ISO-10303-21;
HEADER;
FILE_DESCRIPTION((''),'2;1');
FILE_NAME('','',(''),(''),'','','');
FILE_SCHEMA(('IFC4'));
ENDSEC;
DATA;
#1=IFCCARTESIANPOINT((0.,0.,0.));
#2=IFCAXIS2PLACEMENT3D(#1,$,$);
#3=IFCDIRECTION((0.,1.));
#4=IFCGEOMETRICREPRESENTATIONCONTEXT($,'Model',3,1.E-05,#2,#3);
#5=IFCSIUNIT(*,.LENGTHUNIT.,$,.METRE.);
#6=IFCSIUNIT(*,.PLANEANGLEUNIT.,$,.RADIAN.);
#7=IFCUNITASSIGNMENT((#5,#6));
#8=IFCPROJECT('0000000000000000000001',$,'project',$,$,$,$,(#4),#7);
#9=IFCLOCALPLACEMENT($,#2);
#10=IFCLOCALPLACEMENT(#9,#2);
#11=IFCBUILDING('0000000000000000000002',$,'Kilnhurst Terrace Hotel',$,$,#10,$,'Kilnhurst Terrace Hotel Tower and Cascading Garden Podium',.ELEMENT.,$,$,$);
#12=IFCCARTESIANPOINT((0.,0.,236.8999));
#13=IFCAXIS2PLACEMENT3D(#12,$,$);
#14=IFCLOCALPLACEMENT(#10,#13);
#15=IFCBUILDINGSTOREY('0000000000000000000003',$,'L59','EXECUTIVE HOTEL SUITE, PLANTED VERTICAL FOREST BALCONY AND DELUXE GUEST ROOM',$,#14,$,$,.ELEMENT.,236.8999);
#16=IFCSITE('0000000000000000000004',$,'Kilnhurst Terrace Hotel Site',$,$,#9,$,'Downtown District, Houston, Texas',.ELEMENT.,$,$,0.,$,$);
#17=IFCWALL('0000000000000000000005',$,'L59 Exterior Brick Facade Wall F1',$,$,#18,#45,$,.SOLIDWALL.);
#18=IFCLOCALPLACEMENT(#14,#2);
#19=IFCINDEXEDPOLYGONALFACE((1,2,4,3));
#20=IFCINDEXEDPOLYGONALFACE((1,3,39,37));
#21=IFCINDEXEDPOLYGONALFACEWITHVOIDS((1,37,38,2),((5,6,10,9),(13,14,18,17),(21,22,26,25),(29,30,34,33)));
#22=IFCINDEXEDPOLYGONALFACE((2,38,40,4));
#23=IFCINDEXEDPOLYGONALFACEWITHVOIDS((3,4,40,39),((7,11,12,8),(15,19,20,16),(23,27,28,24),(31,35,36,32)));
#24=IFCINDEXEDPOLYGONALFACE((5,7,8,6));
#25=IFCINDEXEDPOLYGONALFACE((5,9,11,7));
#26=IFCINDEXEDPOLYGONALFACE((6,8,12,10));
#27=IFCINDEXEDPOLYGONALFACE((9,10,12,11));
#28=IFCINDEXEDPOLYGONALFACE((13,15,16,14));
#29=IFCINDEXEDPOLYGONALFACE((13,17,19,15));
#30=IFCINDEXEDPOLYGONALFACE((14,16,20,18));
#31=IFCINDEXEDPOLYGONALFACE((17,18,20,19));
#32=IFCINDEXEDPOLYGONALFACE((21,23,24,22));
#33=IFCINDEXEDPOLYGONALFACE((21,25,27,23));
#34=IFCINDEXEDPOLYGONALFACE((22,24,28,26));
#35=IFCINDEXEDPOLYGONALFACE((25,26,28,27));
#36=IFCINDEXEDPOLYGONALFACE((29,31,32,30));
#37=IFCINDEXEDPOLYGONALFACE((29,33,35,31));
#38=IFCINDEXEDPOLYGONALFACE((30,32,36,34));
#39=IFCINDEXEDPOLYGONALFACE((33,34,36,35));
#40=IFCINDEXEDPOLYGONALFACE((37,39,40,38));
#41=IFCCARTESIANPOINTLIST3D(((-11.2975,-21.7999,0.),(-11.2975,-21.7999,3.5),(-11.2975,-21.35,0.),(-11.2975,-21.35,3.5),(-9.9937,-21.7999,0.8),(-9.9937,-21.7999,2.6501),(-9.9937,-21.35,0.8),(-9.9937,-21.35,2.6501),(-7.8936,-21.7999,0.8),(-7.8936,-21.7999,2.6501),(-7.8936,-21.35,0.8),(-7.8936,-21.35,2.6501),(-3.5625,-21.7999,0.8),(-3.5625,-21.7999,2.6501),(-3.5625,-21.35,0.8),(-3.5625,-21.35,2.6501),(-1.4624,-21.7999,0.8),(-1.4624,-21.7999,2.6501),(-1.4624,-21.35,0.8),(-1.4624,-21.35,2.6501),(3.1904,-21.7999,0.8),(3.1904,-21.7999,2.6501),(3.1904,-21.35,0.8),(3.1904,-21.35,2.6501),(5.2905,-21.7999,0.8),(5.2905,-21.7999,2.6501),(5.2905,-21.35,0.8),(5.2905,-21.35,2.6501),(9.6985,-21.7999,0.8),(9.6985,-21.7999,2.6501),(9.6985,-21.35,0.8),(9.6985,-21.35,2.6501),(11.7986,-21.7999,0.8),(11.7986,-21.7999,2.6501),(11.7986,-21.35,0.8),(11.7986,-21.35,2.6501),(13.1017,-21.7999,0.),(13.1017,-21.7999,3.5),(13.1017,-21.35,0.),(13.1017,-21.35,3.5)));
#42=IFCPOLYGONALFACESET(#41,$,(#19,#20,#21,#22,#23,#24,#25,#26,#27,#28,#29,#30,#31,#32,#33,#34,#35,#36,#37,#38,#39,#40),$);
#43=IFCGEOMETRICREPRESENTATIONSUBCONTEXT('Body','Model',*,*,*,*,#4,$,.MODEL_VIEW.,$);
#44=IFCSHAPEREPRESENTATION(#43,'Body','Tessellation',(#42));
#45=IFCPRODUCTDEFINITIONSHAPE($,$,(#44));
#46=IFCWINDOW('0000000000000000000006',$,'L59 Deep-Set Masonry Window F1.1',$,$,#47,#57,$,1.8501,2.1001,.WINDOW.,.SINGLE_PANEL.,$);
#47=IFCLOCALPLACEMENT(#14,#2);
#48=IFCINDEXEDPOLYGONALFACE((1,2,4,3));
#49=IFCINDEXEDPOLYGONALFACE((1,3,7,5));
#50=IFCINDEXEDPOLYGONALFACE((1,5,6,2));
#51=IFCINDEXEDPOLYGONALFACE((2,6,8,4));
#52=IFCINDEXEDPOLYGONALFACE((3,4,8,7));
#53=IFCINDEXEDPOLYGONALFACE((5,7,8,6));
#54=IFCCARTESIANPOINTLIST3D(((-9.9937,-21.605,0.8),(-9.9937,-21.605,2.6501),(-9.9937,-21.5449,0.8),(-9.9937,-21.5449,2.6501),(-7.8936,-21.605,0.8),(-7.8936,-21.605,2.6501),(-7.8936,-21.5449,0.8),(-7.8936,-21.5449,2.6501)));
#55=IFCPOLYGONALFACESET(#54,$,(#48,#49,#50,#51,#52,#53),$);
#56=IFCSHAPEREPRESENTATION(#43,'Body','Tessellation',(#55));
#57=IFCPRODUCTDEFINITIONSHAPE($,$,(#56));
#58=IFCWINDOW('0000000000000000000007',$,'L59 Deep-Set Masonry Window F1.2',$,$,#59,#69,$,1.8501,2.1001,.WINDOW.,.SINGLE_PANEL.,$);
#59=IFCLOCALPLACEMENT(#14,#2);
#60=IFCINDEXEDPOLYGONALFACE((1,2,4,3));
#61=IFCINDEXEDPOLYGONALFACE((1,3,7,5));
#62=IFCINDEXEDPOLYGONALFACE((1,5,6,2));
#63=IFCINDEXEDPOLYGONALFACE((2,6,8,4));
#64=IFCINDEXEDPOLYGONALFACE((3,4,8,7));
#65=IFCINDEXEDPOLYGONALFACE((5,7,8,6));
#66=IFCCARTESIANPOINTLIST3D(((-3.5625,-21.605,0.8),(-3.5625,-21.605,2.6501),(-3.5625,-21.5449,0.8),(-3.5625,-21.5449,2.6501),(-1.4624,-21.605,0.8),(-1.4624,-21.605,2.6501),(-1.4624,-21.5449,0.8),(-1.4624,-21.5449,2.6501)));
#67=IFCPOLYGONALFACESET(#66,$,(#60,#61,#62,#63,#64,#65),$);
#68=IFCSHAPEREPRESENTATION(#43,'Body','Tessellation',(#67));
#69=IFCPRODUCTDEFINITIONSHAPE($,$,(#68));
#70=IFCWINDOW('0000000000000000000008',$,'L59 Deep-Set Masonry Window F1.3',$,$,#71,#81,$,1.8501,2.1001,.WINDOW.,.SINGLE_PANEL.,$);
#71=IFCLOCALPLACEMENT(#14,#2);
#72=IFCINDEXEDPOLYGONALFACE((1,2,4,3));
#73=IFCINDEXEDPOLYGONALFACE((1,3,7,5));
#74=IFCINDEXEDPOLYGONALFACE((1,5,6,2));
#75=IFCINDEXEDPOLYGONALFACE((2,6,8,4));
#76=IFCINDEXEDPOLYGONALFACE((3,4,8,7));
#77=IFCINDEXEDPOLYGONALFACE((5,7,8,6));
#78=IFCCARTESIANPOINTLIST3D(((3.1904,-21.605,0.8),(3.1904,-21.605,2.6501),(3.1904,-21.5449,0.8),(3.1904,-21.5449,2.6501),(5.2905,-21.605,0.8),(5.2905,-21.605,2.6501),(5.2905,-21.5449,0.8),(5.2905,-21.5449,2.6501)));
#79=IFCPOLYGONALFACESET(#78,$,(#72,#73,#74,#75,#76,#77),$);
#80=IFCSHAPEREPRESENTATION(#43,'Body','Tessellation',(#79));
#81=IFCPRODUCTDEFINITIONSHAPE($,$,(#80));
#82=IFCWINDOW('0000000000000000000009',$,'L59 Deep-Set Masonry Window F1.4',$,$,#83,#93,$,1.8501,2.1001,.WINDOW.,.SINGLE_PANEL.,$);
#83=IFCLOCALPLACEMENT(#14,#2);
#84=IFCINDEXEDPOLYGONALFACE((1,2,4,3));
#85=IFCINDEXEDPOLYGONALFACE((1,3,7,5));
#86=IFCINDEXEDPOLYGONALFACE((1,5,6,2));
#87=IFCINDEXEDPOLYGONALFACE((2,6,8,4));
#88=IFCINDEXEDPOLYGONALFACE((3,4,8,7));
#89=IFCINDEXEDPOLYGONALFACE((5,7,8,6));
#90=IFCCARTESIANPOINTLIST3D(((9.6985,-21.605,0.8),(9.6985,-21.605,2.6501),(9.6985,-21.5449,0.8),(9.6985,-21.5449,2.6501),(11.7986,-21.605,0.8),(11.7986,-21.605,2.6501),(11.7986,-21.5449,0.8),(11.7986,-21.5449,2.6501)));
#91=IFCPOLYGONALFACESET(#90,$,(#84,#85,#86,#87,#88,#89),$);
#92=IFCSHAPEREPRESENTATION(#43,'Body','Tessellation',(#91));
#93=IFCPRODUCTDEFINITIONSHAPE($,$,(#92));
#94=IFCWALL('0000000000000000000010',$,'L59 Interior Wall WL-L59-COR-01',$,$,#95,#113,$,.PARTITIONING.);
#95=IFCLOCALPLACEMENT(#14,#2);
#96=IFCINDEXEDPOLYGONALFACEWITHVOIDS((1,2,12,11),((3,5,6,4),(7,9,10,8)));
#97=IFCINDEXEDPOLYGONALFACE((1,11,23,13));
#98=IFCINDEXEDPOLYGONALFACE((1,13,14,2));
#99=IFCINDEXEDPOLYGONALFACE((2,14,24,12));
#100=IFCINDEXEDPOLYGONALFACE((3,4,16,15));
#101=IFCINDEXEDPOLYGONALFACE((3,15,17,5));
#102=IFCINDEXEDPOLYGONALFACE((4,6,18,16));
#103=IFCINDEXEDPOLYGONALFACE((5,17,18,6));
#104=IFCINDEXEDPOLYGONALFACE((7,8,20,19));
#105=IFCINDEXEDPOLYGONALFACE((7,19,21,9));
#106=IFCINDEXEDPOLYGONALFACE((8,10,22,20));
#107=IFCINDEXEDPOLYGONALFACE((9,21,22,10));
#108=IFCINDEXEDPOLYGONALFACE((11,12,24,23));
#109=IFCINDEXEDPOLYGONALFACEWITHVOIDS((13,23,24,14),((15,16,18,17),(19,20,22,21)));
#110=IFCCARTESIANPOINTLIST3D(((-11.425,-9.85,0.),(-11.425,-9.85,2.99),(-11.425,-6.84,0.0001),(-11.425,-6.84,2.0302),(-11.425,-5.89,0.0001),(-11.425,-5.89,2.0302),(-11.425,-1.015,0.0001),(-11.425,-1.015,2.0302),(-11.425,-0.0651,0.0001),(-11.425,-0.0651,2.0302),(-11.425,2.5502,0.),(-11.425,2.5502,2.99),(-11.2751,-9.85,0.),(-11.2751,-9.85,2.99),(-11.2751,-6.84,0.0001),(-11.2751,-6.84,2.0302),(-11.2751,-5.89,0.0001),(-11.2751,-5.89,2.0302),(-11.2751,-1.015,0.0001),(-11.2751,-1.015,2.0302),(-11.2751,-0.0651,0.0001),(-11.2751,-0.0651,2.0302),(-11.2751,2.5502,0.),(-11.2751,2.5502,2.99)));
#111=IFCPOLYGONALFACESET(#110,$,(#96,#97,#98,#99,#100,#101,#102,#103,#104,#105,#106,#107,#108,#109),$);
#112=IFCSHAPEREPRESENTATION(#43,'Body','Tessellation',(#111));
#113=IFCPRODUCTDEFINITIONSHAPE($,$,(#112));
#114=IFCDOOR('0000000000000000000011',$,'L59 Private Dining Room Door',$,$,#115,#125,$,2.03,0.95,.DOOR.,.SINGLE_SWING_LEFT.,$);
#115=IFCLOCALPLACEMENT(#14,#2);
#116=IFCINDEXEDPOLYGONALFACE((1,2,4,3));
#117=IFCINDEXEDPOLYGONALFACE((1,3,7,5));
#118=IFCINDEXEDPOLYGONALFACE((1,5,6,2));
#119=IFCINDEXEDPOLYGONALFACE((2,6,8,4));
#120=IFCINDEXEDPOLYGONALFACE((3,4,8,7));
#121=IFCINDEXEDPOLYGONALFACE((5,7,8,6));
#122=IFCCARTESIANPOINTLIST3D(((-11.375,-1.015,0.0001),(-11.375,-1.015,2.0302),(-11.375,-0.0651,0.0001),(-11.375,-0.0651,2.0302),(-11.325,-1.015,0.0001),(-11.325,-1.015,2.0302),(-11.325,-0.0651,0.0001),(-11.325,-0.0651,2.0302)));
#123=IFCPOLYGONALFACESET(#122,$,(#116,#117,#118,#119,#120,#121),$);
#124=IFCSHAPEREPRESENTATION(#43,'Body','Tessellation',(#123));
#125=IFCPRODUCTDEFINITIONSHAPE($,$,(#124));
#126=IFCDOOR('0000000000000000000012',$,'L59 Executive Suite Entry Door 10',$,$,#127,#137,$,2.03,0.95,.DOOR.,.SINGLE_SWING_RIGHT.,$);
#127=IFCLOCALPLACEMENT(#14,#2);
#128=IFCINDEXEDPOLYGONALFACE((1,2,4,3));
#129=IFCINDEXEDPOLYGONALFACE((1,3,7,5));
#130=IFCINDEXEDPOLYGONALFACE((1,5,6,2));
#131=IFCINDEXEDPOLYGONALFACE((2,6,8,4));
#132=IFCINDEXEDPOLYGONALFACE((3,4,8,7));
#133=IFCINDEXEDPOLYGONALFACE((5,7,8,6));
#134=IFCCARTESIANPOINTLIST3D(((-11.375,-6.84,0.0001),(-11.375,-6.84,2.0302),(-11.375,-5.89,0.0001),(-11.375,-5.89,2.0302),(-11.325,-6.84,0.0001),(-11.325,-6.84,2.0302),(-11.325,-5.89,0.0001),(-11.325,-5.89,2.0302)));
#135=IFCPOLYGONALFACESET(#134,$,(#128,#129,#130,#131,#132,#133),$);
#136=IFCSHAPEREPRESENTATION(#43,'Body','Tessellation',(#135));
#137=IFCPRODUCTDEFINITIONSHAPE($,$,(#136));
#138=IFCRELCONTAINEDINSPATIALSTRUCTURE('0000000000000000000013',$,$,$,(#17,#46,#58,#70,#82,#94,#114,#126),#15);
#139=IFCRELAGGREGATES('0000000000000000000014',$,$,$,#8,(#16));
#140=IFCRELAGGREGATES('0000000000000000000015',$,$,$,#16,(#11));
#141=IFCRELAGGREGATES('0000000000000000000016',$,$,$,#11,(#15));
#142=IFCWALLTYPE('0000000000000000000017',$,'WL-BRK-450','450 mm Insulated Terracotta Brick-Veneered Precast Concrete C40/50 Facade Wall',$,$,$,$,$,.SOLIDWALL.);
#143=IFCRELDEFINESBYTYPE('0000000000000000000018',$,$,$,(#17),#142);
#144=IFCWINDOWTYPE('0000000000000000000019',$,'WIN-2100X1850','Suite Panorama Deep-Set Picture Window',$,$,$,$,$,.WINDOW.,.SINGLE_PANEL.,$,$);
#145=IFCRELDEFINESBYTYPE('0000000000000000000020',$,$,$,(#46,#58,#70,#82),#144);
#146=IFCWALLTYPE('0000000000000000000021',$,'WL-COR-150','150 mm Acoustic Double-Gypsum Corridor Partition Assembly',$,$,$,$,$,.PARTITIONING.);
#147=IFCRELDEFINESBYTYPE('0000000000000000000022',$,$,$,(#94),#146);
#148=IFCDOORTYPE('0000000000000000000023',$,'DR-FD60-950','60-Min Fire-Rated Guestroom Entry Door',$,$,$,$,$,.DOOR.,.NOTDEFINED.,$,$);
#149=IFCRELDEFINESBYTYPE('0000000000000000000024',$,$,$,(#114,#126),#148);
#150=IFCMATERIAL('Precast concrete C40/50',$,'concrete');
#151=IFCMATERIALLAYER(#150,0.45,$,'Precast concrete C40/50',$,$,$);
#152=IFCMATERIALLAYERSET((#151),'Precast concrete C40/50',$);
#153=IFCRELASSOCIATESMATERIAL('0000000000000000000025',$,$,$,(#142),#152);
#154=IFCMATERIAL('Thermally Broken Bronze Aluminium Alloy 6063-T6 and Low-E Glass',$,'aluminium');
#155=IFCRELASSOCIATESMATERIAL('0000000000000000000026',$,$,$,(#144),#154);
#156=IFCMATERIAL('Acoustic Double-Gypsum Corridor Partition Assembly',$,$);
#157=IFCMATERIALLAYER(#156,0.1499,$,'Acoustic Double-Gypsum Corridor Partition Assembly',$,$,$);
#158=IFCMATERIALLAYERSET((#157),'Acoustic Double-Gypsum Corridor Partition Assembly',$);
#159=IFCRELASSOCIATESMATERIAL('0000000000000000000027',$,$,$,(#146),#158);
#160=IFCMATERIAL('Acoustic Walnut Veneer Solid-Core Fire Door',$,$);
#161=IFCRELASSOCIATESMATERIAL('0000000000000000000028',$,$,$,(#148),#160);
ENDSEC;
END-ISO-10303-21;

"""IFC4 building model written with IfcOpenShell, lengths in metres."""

from ifc_helpers import new_model, si_unit, direction, frame, frame_2d, origin, place, context, subcontext, project, spatial, rectangle, extrude, material, layer, layer_set, type_object, element, fill, save


model = new_model("IFC4")

# Units and contexts
model_context = context("Model", 3, precision=1e-05, world=origin(), true_north=direction((0.0, 1.0)))
body_context = subcontext(model_context, "Body", "Model", "MODEL_VIEW")
ifc_project = project(units=[si_unit("LENGTHUNIT", "METRE"), si_unit("PLANEANGLEUNIT", "RADIAN")], contexts=[model_context])

# Site, building, storey
site_placement = place(None, origin())
site = spatial("IfcSite", under=ifc_project, at=site_placement, Name="Kilnhurst Terrace Hotel Site", LongName="Downtown District, Houston, Texas", CompositionType="ELEMENT", RefElevation=0.0)
building_placement = place(site_placement, origin())
building = spatial("IfcBuilding", under=site, at=building_placement, Name="Kilnhurst Terrace Hotel", LongName="Kilnhurst Terrace Hotel Tower and Cascading Garden Podium", CompositionType="ELEMENT")
storey_placement = place(building_placement, frame((0.0, 0.0, 236.8999)))
storey = spatial("IfcBuildingStorey", under=building, at=storey_placement, Name="L59", Description="EXECUTIVE HOTEL SUITE, PLANTED VERTICAL FOREST BALCONY AND DELUXE GUEST ROOM", CompositionType="ELEMENT", Elevation=236.8999)

# Shared definitions
ifc_material_1 = material(Name="Precast concrete C40/50", Category="concrete")
ifc_layer_1 = layer(ifc_material_1, 0.45, Name="Precast concrete C40/50")
ifc_layer_set_1 = layer_set([ifc_layer_1], Name="Precast concrete C40/50")
wall_type_1 = type_object("IfcWallType", Name="WL-BRK-450", Description="450 mm Insulated Terracotta Brick-Veneered Precast Concrete C40/50 Facade Wall", PredefinedType="SOLIDWALL", material=ifc_layer_set_1)

# Wall, openings, windows
wall_1_placement = place(storey_placement, frame((-11.2976, -21.575, 0.0), z_axis=(0.0, 0.0, 1.0), x_axis=(1.0, 0.0, 0.0)))
wall_1 = element("IfcWall", 1, at=wall_1_placement, inside=storey, type_object=wall_type_1, Name="L59 Exterior Brick Facade Wall F1", PredefinedType="SOLIDWALL", context=body_context, shape_type="SweptSolid", body=[
    extrude(rectangle(XDim=24.3992, YDim=0.45, at=frame_2d((12.1997, 0.0))), origin(), (0.0, 0.0, 1.0), 3.5),
])
opening_1_placement = place(wall_1_placement, frame((1.304, 0.0, 0.8)))
opening_1 = element("IfcOpeningElement", 2, at=opening_1_placement, cuts=wall_1, PredefinedType="OPENING", context=body_context, shape_type="SweptSolid", body=[
    extrude(rectangle(XDim=2.1001, YDim=1.8501, at=frame_2d((1.05, 0.925))), frame((0.0, 0.2349, 0.0), z_axis=(0.0, -1.0, 0.0), x_axis=(1.0, 0.0, 0.0)), (0.0, 0.0, 1.0), 0.47),
])
opening_2_placement = place(wall_1_placement, frame((7.7351, 0.0, 0.8)))
opening_2 = element("IfcOpeningElement", 3, at=opening_2_placement, cuts=wall_1, PredefinedType="OPENING", context=body_context, shape_type="SweptSolid", body=[
    extrude(rectangle(XDim=2.1001, YDim=1.8501, at=frame_2d((1.05, 0.925))), frame((0.0, 0.2349, 0.0), z_axis=(0.0, -1.0, 0.0), x_axis=(1.0, 0.0, 0.0)), (0.0, 0.0, 1.0), 0.47),
])
opening_3_placement = place(wall_1_placement, frame((14.488, 0.0, 0.8)))
opening_3 = element("IfcOpeningElement", 4, at=opening_3_placement, cuts=wall_1, PredefinedType="OPENING", context=body_context, shape_type="SweptSolid", body=[
    extrude(rectangle(XDim=2.1001, YDim=1.8501, at=frame_2d((1.05, 0.925))), frame((0.0, 0.2349, 0.0), z_axis=(0.0, -1.0, 0.0), x_axis=(1.0, 0.0, 0.0)), (0.0, 0.0, 1.0), 0.47),
])
opening_4_placement = place(wall_1_placement, frame((20.9961, 0.0, 0.8)))
opening_4 = element("IfcOpeningElement", 5, at=opening_4_placement, cuts=wall_1, PredefinedType="OPENING", context=body_context, shape_type="SweptSolid", body=[
    extrude(rectangle(XDim=2.1001, YDim=1.8501, at=frame_2d((1.05, 0.925))), frame((0.0, 0.2349, 0.0), z_axis=(0.0, -1.0, 0.0), x_axis=(1.0, 0.0, 0.0)), (0.0, 0.0, 1.0), 0.47),
])
ifc_material_2 = material(Name="Thermally Broken Bronze Aluminium Alloy 6063-T6 and Low-E Glass", Category="aluminium")
window_type = type_object("IfcWindowType", Name="WIN-2100X1850", Description="Suite Panorama Deep-Set Picture Window", PartitioningType="SINGLE_PANEL", PredefinedType="WINDOW", material=ifc_material_2)
window_1_placement = place(opening_1_placement, origin())
window_1 = element("IfcWindow", 6, at=window_1_placement, inside=storey, type_object=window_type, Name="L59 Deep-Set Masonry Window F1.1", OverallHeight=1.8501, OverallWidth=2.1001, PartitioningType="SINGLE_PANEL", PredefinedType="WINDOW", context=body_context, shape_type="SweptSolid", body=[
    extrude(rectangle(XDim=2.1001, YDim=1.8501, at=frame_2d((1.05, 0.925))), frame((0.0, 0.03, 0.0), z_axis=(0.0, -1.0, 0.0), x_axis=(1.0, 0.0, 0.0)), (0.0, 0.0, 1.0), 0.0601),
])
fill(opening_1, window_1)
window_2_placement = place(opening_2_placement, origin())
window_2 = element("IfcWindow", 7, at=window_2_placement, inside=storey, type_object=window_type, Name="L59 Deep-Set Masonry Window F1.2", OverallHeight=1.8501, OverallWidth=2.1001, PartitioningType="SINGLE_PANEL", PredefinedType="WINDOW", context=body_context, shape_type="SweptSolid", body=[
    extrude(rectangle(XDim=2.1001, YDim=1.8501, at=frame_2d((1.05, 0.925))), frame((0.0, 0.03, 0.0), z_axis=(0.0, -1.0, 0.0), x_axis=(1.0, 0.0, 0.0)), (0.0, 0.0, 1.0), 0.0601),
])
fill(opening_2, window_2)
window_3_placement = place(opening_3_placement, origin())
window_3 = element("IfcWindow", 8, at=window_3_placement, inside=storey, type_object=window_type, Name="L59 Deep-Set Masonry Window F1.3", OverallHeight=1.8501, OverallWidth=2.1001, PartitioningType="SINGLE_PANEL", PredefinedType="WINDOW", context=body_context, shape_type="SweptSolid", body=[
    extrude(rectangle(XDim=2.1001, YDim=1.8501, at=frame_2d((1.05, 0.925))), frame((0.0, 0.03, 0.0), z_axis=(0.0, -1.0, 0.0), x_axis=(1.0, 0.0, 0.0)), (0.0, 0.0, 1.0), 0.0601),
])
fill(opening_3, window_3)
window_4_placement = place(opening_4_placement, origin())
window_4 = element("IfcWindow", 9, at=window_4_placement, inside=storey, type_object=window_type, Name="L59 Deep-Set Masonry Window F1.4", OverallHeight=1.8501, OverallWidth=2.1001, PartitioningType="SINGLE_PANEL", PredefinedType="WINDOW", context=body_context, shape_type="SweptSolid", body=[
    extrude(rectangle(XDim=2.1001, YDim=1.8501, at=frame_2d((1.05, 0.925))), frame((0.0, 0.03, 0.0), z_axis=(0.0, -1.0, 0.0), x_axis=(1.0, 0.0, 0.0)), (0.0, 0.0, 1.0), 0.0601),
])
fill(opening_4, window_4)

# Wall, openings, doors
ifc_material_3 = material(Name="Acoustic Double-Gypsum Corridor Partition Assembly")
ifc_layer_2 = layer(ifc_material_3, 0.1499, Name="Acoustic Double-Gypsum Corridor Partition Assembly")
ifc_layer_set_2 = layer_set([ifc_layer_2], Name="Acoustic Double-Gypsum Corridor Partition Assembly")
wall_type_2 = type_object("IfcWallType", Name="WL-COR-150", Description="150 mm Acoustic Double-Gypsum Corridor Partition Assembly", PredefinedType="PARTITIONING", material=ifc_layer_set_2)
wall_2_placement = place(storey_placement, frame((-11.3501, -9.8501, 0.0), z_axis=(0.0, 0.0, 1.0), x_axis=(0.0, 1.0, 0.0)))
wall_2 = element("IfcWall", 10, at=wall_2_placement, inside=storey, type_object=wall_type_2, Name="L59 Interior Wall WL-L59-COR-01", PredefinedType="PARTITIONING", context=body_context, shape_type="SweptSolid", body=[
    extrude(rectangle(XDim=12.4001, YDim=0.1499, at=frame_2d((6.2002, 0.0))), origin(), (0.0, 0.0, 1.0), 2.99),
])
opening_5_placement = place(wall_2_placement, frame((8.835, 0.0, 0.0)))
opening_5 = element("IfcOpeningElement", 11, at=opening_5_placement, cuts=wall_2, PredefinedType="OPENING", context=body_context, shape_type="SweptSolid", body=[
    extrude(rectangle(XDim=0.95, YDim=2.03, at=frame_2d((0.4751, 1.0151))), frame((0.0, 0.085, 0.0), z_axis=(0.0, -1.0, 0.0), x_axis=(1.0, 0.0, 0.0)), (0.0, 0.0, 1.0), 0.1699),
])
opening_6_placement = place(wall_2_placement, frame((3.01, 0.0, 0.0)))
opening_6 = element("IfcOpeningElement", 12, at=opening_6_placement, cuts=wall_2, PredefinedType="OPENING", context=body_context, shape_type="SweptSolid", body=[
    extrude(rectangle(XDim=0.95, YDim=2.03, at=frame_2d((0.4751, 1.0151))), frame((0.0, 0.085, 0.0), z_axis=(0.0, -1.0, 0.0), x_axis=(1.0, 0.0, 0.0)), (0.0, 0.0, 1.0), 0.1699),
])
ifc_material_4 = material(Name="Acoustic Walnut Veneer Solid-Core Fire Door")
door_type_1 = type_object("IfcDoorType", Name="DR-FD60-950", Description="60-Min Fire-Rated Guestroom Entry Door", OperationType="NOTDEFINED", PredefinedType="DOOR", material=ifc_material_4)
door_1_placement = place(opening_5_placement, origin())
door_1 = element("IfcDoor", 13, at=door_1_placement, inside=storey, type_object=door_type_1, Name="L59 Private Dining Room Door", OperationType="SINGLE_SWING_LEFT", OverallHeight=2.03, OverallWidth=0.95, PredefinedType="DOOR", context=body_context, shape_type="SweptSolid", body=[
    extrude(rectangle(XDim=0.95, YDim=2.03, at=frame_2d((0.4751, 1.0151))), frame((0.0, 0.0249, 0.0), z_axis=(0.0, -1.0, 0.0), x_axis=(1.0, 0.0, 0.0)), (0.0, 0.0, 1.0), 0.05),
])
fill(opening_5, door_1)
door_2_placement = place(opening_6_placement, origin())
door_2 = element("IfcDoor", 14, at=door_2_placement, inside=storey, type_object=door_type_1, Name="L59 Executive Suite Entry Door 10", OperationType="SINGLE_SWING_RIGHT", OverallHeight=2.03, OverallWidth=0.95, PredefinedType="DOOR", context=body_context, shape_type="SweptSolid", body=[
    extrude(rectangle(XDim=0.95, YDim=2.03, at=frame_2d((0.4751, 1.0151))), frame((0.0, 0.0249, 0.0), z_axis=(0.0, -1.0, 0.0), x_axis=(1.0, 0.0, 0.0)), (0.0, 0.0, 1.0), 0.05),
])
fill(opening_6, door_2)

save(model, "model.ifc")
